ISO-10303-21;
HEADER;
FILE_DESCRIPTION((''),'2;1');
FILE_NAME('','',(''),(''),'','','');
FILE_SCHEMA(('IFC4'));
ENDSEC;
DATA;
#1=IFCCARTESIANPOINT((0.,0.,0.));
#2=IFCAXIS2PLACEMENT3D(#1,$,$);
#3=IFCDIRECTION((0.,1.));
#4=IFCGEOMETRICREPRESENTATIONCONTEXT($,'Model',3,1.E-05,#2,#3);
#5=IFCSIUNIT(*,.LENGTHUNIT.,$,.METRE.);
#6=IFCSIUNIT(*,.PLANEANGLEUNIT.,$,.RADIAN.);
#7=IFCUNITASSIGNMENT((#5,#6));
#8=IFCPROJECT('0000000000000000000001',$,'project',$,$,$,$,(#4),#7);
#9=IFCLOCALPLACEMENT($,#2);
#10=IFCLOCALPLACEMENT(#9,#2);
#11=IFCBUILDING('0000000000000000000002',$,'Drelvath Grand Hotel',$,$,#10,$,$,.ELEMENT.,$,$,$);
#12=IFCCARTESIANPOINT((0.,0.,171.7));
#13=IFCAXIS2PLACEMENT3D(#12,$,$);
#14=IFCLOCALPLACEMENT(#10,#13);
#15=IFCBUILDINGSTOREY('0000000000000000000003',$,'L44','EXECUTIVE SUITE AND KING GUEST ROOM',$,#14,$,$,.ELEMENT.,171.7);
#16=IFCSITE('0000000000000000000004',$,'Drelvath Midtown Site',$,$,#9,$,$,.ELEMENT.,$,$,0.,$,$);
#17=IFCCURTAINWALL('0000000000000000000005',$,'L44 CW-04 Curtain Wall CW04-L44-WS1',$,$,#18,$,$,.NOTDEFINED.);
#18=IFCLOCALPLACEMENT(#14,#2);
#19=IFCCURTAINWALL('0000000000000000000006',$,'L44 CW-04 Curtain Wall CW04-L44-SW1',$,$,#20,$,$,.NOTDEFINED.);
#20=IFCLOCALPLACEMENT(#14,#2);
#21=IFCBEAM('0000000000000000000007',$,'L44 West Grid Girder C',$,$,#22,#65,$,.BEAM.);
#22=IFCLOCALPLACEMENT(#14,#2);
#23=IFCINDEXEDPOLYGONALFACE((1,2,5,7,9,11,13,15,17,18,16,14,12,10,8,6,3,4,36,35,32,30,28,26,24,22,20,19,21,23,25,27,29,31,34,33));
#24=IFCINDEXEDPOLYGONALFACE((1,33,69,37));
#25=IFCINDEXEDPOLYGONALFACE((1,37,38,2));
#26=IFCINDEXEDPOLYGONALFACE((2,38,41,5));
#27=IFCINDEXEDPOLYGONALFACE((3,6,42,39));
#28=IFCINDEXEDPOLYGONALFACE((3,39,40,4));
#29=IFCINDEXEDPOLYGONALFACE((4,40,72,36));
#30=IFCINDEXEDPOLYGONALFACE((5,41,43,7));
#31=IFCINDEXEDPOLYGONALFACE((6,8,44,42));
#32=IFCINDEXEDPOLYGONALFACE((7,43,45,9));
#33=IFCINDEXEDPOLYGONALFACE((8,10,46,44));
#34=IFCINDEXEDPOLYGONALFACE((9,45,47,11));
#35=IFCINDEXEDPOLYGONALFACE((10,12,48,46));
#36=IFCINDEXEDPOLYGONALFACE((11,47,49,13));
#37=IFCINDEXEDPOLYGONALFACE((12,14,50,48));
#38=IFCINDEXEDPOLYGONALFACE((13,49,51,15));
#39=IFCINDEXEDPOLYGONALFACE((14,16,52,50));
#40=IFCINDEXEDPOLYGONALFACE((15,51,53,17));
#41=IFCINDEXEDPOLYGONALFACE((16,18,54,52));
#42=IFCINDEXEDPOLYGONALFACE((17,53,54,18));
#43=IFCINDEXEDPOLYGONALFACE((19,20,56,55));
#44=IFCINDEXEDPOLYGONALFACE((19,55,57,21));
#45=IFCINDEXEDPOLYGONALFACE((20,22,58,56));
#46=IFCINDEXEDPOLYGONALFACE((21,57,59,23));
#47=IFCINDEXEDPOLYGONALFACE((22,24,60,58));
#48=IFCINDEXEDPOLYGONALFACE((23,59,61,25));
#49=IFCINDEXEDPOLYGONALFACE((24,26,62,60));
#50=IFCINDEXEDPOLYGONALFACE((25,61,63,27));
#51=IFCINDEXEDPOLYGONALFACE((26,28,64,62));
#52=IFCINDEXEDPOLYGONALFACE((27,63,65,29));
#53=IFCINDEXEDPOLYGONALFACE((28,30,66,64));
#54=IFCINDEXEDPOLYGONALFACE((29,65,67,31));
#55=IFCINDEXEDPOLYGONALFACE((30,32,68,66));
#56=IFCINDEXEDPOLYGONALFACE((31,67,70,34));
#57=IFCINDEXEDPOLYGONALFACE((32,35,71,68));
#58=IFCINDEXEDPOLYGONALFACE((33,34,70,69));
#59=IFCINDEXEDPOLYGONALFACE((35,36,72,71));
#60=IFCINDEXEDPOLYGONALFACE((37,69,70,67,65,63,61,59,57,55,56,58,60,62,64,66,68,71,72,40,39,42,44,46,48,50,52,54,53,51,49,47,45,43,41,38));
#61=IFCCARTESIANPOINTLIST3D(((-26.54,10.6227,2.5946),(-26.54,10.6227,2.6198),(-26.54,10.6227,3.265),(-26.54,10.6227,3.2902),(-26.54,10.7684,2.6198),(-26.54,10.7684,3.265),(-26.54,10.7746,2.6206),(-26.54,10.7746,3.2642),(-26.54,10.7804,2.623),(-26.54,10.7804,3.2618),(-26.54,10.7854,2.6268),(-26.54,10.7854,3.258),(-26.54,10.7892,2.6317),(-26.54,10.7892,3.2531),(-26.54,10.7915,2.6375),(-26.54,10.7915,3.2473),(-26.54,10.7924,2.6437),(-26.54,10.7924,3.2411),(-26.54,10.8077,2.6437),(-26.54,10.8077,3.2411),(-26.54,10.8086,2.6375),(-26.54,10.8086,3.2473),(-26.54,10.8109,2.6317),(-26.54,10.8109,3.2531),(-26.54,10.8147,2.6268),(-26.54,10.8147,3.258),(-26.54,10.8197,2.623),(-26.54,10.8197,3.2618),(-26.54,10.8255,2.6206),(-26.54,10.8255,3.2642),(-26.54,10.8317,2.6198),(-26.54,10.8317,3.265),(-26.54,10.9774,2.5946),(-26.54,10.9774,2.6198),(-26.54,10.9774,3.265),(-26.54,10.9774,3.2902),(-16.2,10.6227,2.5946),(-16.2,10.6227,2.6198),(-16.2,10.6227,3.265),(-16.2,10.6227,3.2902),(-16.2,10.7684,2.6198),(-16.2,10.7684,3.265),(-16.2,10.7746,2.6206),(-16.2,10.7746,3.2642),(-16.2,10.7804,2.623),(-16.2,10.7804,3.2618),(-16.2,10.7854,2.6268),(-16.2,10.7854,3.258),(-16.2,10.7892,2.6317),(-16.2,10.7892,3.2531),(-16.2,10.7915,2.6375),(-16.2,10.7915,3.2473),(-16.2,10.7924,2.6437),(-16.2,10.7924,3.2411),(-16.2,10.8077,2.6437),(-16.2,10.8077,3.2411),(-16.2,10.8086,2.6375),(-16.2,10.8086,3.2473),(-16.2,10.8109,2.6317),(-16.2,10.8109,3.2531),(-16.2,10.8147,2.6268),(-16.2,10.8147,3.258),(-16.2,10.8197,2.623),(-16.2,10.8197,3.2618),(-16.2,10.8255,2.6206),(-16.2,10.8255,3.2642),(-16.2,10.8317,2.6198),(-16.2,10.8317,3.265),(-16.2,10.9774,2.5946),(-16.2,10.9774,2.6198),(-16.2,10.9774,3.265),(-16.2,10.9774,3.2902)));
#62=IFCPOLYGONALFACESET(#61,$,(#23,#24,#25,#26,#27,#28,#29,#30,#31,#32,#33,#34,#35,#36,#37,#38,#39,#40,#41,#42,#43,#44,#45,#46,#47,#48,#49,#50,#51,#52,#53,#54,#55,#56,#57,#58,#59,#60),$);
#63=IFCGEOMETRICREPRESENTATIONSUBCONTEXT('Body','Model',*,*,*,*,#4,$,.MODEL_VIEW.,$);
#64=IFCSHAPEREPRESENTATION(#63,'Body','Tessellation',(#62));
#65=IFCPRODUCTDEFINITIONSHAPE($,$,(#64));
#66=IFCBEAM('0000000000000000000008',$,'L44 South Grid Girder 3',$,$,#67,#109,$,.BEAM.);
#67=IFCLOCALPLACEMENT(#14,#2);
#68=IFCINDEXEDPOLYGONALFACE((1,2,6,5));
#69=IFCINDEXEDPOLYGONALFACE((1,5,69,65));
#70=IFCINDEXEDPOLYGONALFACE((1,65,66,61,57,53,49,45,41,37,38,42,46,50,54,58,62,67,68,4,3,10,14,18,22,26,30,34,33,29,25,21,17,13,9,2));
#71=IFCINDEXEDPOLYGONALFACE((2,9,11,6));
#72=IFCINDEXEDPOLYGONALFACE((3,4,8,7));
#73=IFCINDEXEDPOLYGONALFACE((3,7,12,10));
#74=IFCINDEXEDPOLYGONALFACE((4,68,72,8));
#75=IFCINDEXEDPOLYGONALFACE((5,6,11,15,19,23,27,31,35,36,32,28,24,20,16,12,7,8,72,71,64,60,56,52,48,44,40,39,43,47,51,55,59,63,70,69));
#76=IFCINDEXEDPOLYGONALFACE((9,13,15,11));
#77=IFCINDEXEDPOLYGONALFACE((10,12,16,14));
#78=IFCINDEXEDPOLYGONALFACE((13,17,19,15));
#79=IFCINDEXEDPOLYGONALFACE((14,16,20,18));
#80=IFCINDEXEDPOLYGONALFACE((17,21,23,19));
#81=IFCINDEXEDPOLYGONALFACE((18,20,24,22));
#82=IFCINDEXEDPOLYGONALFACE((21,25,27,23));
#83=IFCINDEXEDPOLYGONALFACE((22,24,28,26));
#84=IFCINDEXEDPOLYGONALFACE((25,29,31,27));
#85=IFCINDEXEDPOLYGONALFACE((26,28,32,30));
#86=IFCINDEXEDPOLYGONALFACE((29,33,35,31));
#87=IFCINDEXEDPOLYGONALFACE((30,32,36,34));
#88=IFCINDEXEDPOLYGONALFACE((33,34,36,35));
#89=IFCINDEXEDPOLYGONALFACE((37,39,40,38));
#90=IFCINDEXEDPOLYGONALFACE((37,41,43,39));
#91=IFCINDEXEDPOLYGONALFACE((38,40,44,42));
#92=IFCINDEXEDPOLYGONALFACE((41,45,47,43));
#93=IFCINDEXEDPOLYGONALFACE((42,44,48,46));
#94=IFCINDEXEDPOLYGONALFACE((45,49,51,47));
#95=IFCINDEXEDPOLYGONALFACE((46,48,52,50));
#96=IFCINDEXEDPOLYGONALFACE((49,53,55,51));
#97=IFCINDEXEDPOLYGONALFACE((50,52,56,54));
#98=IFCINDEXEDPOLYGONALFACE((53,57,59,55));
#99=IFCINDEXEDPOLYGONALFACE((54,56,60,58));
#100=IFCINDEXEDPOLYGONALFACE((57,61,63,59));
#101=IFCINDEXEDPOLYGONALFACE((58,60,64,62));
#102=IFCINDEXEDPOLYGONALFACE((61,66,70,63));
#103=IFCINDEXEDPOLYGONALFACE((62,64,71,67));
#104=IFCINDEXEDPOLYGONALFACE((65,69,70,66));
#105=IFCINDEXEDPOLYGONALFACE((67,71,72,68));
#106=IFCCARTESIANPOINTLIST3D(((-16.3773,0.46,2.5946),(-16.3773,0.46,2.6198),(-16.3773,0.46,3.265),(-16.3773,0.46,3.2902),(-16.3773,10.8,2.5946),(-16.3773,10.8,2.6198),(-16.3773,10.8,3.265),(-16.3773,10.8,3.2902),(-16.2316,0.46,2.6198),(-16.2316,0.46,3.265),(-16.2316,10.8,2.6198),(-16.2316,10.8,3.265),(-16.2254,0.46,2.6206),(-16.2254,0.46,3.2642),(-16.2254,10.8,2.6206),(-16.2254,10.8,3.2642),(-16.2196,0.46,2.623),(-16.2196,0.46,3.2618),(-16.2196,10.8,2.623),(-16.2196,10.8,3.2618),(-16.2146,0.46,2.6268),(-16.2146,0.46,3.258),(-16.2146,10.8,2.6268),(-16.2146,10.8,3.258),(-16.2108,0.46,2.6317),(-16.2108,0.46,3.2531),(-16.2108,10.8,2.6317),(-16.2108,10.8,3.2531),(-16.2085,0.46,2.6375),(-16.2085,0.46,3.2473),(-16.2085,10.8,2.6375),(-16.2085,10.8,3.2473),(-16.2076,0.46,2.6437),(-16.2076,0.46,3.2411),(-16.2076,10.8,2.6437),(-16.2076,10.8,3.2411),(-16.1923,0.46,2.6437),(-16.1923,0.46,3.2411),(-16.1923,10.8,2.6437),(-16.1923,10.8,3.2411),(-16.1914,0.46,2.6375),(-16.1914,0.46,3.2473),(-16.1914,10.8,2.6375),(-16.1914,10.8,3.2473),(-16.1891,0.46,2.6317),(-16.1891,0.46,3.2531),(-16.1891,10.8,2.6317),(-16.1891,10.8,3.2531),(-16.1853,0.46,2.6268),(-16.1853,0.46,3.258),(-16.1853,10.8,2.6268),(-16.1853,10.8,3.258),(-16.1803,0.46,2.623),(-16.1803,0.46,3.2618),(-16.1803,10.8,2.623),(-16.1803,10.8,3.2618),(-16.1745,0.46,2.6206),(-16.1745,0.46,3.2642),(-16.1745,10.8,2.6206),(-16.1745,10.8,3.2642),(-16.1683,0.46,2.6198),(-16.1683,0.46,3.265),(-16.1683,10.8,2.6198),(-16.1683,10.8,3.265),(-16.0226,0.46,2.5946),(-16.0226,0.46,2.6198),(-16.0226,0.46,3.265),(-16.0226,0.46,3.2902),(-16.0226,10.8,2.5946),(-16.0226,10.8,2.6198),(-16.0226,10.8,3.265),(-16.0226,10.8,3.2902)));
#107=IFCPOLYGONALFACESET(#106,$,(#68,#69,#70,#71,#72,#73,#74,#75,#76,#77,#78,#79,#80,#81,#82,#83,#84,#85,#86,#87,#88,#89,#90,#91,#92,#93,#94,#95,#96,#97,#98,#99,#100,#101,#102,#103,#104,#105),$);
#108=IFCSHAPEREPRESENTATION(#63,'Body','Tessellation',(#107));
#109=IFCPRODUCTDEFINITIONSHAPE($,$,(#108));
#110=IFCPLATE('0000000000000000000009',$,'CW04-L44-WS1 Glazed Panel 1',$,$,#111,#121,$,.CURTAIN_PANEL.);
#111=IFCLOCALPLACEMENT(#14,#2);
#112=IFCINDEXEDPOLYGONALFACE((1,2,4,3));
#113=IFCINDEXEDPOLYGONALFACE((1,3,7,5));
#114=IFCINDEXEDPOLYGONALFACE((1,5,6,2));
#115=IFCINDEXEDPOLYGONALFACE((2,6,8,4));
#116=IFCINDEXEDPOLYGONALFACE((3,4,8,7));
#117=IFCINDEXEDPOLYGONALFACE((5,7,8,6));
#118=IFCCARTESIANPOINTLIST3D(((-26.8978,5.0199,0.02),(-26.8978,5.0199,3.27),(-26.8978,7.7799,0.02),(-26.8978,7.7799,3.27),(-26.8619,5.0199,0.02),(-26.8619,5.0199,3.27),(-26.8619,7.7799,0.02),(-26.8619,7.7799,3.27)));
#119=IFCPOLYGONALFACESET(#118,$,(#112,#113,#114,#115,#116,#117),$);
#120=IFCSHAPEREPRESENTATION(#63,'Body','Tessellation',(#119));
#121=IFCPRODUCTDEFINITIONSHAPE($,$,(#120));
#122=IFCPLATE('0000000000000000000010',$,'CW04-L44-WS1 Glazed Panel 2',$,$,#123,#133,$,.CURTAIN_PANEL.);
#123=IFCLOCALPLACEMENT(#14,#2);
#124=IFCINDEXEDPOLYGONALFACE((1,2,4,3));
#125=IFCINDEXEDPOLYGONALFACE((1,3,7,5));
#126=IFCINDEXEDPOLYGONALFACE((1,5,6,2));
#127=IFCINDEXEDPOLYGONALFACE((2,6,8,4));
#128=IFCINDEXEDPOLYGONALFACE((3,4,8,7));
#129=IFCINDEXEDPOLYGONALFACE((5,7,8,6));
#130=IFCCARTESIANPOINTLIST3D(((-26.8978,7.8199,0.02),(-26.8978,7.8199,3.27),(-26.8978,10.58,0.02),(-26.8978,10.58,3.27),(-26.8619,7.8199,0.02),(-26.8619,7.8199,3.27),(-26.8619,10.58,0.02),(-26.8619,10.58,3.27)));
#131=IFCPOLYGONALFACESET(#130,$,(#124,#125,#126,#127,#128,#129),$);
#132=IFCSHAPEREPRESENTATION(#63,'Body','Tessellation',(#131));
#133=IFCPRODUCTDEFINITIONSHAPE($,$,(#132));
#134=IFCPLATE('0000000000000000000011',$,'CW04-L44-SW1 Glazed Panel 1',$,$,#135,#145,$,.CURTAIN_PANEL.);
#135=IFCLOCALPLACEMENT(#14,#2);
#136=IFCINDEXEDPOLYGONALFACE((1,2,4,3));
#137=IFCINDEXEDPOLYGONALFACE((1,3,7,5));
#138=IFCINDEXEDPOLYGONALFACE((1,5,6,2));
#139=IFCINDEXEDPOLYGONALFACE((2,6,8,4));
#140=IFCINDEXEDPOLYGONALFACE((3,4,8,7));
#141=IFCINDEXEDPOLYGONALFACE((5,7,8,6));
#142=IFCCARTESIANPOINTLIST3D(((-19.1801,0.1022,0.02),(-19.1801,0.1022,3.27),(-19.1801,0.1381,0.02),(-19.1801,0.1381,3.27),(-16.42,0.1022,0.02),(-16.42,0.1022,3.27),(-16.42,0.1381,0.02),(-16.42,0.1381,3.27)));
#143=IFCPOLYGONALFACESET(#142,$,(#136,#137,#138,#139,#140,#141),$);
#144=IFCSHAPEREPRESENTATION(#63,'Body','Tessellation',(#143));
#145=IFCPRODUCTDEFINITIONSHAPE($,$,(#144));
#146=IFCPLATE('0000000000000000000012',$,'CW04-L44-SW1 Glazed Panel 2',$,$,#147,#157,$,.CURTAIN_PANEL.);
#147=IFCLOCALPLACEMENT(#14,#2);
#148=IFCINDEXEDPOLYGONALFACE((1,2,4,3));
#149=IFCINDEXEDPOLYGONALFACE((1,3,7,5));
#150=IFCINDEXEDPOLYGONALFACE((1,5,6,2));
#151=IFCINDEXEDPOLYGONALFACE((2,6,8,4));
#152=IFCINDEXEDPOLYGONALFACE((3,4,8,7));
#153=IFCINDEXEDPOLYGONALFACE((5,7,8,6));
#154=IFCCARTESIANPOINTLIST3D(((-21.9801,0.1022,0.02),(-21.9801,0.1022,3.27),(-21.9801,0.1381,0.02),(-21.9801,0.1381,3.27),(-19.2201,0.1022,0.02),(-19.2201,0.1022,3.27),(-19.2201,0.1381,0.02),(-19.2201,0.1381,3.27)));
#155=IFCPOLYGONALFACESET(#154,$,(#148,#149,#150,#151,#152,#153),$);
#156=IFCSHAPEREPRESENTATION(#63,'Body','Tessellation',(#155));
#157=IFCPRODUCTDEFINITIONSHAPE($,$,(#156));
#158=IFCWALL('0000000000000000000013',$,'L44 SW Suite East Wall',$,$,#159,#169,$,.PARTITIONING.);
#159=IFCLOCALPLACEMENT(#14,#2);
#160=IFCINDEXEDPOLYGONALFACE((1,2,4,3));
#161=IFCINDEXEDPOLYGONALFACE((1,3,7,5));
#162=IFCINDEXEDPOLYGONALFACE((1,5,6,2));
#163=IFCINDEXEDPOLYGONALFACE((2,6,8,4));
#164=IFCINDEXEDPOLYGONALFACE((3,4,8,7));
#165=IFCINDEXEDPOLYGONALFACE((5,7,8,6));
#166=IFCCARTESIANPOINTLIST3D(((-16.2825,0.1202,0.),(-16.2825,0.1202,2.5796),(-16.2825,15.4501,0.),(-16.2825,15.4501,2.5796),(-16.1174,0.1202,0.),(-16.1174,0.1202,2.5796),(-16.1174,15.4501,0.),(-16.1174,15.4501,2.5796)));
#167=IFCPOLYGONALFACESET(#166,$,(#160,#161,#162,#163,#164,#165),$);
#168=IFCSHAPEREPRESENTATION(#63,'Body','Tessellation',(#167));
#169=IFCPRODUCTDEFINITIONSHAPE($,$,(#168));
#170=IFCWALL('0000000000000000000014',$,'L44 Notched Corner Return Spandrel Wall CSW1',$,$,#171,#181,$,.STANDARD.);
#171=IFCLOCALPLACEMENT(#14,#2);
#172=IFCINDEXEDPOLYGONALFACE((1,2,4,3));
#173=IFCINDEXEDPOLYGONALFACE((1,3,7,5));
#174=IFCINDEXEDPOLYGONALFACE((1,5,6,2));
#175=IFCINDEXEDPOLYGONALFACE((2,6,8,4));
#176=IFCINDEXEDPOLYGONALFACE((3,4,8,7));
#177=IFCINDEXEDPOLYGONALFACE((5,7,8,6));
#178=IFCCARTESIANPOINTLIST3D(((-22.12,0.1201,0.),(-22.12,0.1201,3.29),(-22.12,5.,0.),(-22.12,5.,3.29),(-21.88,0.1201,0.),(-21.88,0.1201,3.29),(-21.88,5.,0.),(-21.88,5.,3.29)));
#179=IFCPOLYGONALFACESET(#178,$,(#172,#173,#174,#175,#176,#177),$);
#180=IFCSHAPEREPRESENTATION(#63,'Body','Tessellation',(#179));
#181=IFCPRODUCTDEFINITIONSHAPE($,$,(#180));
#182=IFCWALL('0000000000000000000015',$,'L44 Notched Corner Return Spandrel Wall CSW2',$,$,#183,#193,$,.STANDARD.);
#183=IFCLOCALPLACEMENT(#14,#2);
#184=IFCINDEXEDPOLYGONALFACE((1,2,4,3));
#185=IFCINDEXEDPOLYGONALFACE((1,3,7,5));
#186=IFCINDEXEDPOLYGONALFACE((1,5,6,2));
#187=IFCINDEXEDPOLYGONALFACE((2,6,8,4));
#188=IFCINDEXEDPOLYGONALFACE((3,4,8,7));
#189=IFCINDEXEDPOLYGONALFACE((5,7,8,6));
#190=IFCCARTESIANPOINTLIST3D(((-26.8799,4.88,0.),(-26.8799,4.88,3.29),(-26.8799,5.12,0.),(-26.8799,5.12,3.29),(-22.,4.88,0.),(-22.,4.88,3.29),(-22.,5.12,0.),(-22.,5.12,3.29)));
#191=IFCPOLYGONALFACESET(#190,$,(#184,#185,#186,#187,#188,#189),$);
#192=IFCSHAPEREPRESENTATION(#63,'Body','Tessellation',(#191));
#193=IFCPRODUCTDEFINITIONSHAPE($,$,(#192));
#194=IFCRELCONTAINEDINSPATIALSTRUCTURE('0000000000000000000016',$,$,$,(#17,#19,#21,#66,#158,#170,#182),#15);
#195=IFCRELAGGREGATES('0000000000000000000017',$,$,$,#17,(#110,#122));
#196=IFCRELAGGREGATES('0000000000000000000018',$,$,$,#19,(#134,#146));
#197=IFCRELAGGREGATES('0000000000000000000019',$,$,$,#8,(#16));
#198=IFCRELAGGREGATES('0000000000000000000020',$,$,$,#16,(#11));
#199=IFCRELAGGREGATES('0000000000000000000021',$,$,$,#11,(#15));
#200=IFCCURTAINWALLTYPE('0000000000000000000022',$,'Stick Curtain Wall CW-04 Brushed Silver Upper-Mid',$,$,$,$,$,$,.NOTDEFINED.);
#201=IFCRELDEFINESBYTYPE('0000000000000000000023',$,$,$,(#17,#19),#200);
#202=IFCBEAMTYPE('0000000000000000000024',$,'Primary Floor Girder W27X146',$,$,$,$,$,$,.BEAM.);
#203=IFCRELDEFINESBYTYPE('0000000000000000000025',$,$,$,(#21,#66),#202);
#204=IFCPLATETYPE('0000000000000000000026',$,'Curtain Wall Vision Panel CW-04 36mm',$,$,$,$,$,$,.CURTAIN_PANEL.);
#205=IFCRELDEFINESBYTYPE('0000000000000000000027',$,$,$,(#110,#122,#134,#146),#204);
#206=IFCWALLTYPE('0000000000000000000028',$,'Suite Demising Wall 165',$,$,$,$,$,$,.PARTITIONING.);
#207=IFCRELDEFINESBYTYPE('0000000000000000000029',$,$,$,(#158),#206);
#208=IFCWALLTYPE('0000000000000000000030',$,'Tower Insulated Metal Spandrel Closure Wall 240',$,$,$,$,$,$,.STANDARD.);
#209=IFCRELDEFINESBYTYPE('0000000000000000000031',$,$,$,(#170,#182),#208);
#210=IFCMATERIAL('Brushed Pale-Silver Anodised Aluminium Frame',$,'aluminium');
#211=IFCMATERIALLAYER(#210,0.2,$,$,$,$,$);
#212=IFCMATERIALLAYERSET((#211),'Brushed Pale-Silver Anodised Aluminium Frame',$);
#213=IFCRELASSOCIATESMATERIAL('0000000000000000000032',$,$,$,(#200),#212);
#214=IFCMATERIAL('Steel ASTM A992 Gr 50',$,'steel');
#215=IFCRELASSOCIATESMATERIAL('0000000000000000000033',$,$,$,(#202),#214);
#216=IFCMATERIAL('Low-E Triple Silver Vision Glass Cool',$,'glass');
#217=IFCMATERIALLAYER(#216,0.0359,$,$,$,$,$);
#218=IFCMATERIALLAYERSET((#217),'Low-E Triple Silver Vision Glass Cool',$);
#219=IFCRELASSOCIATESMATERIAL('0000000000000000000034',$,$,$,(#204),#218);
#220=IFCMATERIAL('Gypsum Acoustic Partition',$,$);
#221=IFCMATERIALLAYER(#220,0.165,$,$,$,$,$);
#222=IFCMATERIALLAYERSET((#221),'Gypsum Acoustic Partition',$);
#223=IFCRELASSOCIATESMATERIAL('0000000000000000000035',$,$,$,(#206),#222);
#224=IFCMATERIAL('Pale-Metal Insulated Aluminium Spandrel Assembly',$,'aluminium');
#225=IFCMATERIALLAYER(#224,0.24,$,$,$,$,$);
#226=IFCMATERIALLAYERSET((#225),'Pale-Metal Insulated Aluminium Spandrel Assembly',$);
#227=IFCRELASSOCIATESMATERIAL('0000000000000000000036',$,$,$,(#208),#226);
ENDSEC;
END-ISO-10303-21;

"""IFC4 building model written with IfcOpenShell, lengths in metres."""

from ifc_helpers import new_model, si_unit, direction, frame, frame_2d, origin, origin_2d, place, context, subcontext, project, spatial, rectangle, i_section, extrude, material, layer, layer_set, material_profile, profile_set, type_object, element, aggregate, save


model = new_model("IFC4")

# Units and contexts
model_context = context("Model", 3, precision=1e-05, world=origin(), true_north=direction((0.0, 1.0)))
body_context = subcontext(model_context, "Body", "Model", "MODEL_VIEW")
ifc_project = project(units=[si_unit("LENGTHUNIT", "METRE"), si_unit("PLANEANGLEUNIT", "RADIAN")], contexts=[model_context])

# Site, building, storey
site_placement = place(None, origin())
site = spatial("IfcSite", under=ifc_project, at=site_placement, Name="Drelvath Midtown Site", CompositionType="ELEMENT", RefElevation=0.0)
building_placement = place(site_placement, origin())
building = spatial("IfcBuilding", under=site, at=building_placement, Name="Drelvath Grand Hotel", CompositionType="ELEMENT")
storey_placement = place(building_placement, frame((0.0, 0.0, 171.7)))
storey = spatial("IfcBuildingStorey", under=building, at=storey_placement, Name="L44", Description="EXECUTIVE SUITE AND KING GUEST ROOM", CompositionType="ELEMENT", Elevation=171.7)

# Curtain walls
ifc_material_1 = material(Name="Brushed Pale-Silver Anodised Aluminium Frame", Category="aluminium")
ifc_layer_1 = layer(ifc_material_1, 0.2)
ifc_layer_set_1 = layer_set([ifc_layer_1], Name="Brushed Pale-Silver Anodised Aluminium Frame")
curtain_wall_type = type_object("IfcCurtainWallType", Name="Stick Curtain Wall CW-04 Brushed Silver Upper-Mid", PredefinedType="NOTDEFINED", material=ifc_layer_set_1)
curtain_wall_1_placement = place(storey_placement, origin())
curtain_wall_1 = element("IfcCurtainWall", 1, at=curtain_wall_1_placement, inside=storey, type_object=curtain_wall_type, Name="L44 CW-04 Curtain Wall CW04-L44-WS1", PredefinedType="NOTDEFINED")
curtain_wall_2_placement = place(storey_placement, origin())
curtain_wall_2 = element("IfcCurtainWall", 2, at=curtain_wall_2_placement, inside=storey, type_object=curtain_wall_type, Name="L44 CW-04 Curtain Wall CW04-L44-SW1", PredefinedType="NOTDEFINED")

# Beams
ifc_material_2 = material(Name="Steel ASTM A992 Gr 50", Category="steel")
ifc_material_profile_1 = material_profile(ifc_material_2, i_section(OverallWidth=0.3547, OverallDepth=0.6956, WebThickness=0.0154, FlangeThickness=0.0251, FilletRadius=0.0239, at=origin_2d()), Name="W27X146")
ifc_profile_set_1 = profile_set([ifc_material_profile_1], Name="Steel ASTM A992 Gr 50")
beam_type = type_object("IfcBeamType", Name="Primary Floor Girder W27X146", PredefinedType="BEAM", material=ifc_profile_set_1)
for number, where, z_axis, x_axis, name in (
    (3, (-26.54, 10.8, 2.9424), (1.0, 0.0, 0.0), (0.0, 1.0, 0.0), "L44 West Grid Girder C"),
    (4, (-16.2, 0.46, 2.9424), (0.0, 1.0, 0.0), (-1.0, 0.0, 0.0), "L44 South Grid Girder 3"),
):
    element("IfcBeam", number, at=place(storey_placement, frame(where, z_axis=z_axis, x_axis=x_axis)), inside=storey, type_object=beam_type, Name=name, PredefinedType="BEAM", context=body_context, shape_type="SweptSolid", body=[
        extrude(i_section(OverallWidth=0.3547, OverallDepth=0.6956, WebThickness=0.0154, FlangeThickness=0.0251, FilletRadius=0.0239, at=origin_2d()), origin(), (0.0, 0.0, 1.0), 10.3401),
    ])

# Plates
ifc_material_3 = material(Name="Low-E Triple Silver Vision Glass Cool", Category="glass")
ifc_layer_2 = layer(ifc_material_3, 0.0359)
ifc_layer_set_2 = layer_set([ifc_layer_2], Name="Low-E Triple Silver Vision Glass Cool")
plate_type = type_object("IfcPlateType", Name="Curtain Wall Vision Panel CW-04 36mm", PredefinedType="CURTAIN_PANEL", material=ifc_layer_set_2)
plate_1_placement = place(storey_placement, frame((-26.8799, 6.3999, 0.02), z_axis=(0.0, 0.0, 1.0), x_axis=(0.0, 1.0, 0.0)))
plate_1 = element("IfcPlate", 5, at=plate_1_placement, type_object=plate_type, Name="CW04-L44-WS1 Glazed Panel 1", PredefinedType="CURTAIN_PANEL", context=body_context, shape_type="SweptSolid", body=[
    extrude(rectangle(XDim=2.76, YDim=0.0359, at=origin_2d()), origin(), (0.0, 0.0, 1.0), 3.25),
])
plate_2_placement = place(storey_placement, frame((-26.8799, 9.2, 0.02), z_axis=(0.0, 0.0, 1.0), x_axis=(0.0, 1.0, 0.0)))
plate_2 = element("IfcPlate", 6, at=plate_2_placement, type_object=plate_type, Name="CW04-L44-WS1 Glazed Panel 2", PredefinedType="CURTAIN_PANEL", context=body_context, shape_type="SweptSolid", body=[
    extrude(rectangle(XDim=2.76, YDim=0.0359, at=origin_2d()), origin(), (0.0, 0.0, 1.0), 3.25),
])
aggregate(curtain_wall_1, [plate_1, plate_2])
plate_3_placement = place(storey_placement, frame((-17.8, 0.1201, 0.02), z_axis=(0.0, 0.0, 1.0), x_axis=(-1.0, 0.0, 0.0)))
plate_3 = element("IfcPlate", 7, at=plate_3_placement, type_object=plate_type, Name="CW04-L44-SW1 Glazed Panel 1", PredefinedType="CURTAIN_PANEL", context=body_context, shape_type="SweptSolid", body=[
    extrude(rectangle(XDim=2.76, YDim=0.0359, at=origin_2d()), origin(), (0.0, 0.0, 1.0), 3.25),
])
plate_4_placement = place(storey_placement, frame((-20.6001, 0.1201, 0.02), z_axis=(0.0, 0.0, 1.0), x_axis=(-1.0, 0.0, 0.0)))
plate_4 = element("IfcPlate", 8, at=plate_4_placement, type_object=plate_type, Name="CW04-L44-SW1 Glazed Panel 2", PredefinedType="CURTAIN_PANEL", context=body_context, shape_type="SweptSolid", body=[
    extrude(rectangle(XDim=2.76, YDim=0.0359, at=origin_2d()), origin(), (0.0, 0.0, 1.0), 3.25),
])
aggregate(curtain_wall_2, [plate_3, plate_4])

# Walls
ifc_material_4 = material(Name="Gypsum Acoustic Partition")
ifc_layer_3 = layer(ifc_material_4, 0.165)
ifc_layer_set_3 = layer_set([ifc_layer_3], Name="Gypsum Acoustic Partition")
wall_type_1 = type_object("IfcWallType", Name="Suite Demising Wall 165", PredefinedType="PARTITIONING", material=ifc_layer_set_3)
wall_placement = place(storey_placement, frame((-16.2, 0.1201, 0.0), z_axis=(0.0, 0.0, 1.0), x_axis=(0.0, 1.0, 0.0)))
element("IfcWall", 9, at=wall_placement, inside=storey, type_object=wall_type_1, Name="L44 SW Suite East Wall", PredefinedType="PARTITIONING", context=body_context, shape_type="SweptSolid", body=[
    extrude(rectangle(XDim=15.3298, YDim=0.165, at=frame_2d((7.665, 0.0))), origin(), (0.0, 0.0, 1.0), 2.5796),
])
ifc_material_5 = material(Name="Pale-Metal Insulated Aluminium Spandrel Assembly", Category="aluminium")
ifc_layer_4 = layer(ifc_material_5, 0.24)
ifc_layer_set_4 = layer_set([ifc_layer_4], Name="Pale-Metal Insulated Aluminium Spandrel Assembly")
wall_type_2 = type_object("IfcWallType", Name="Tower Insulated Metal Spandrel Closure Wall 240", PredefinedType="STANDARD", material=ifc_layer_set_4)
for number, where, z_axis, x_axis, name in (
    (10, (-22.0, 0.1201, 0.0), (0.0, 0.0, 1.0), (0.0, 1.0, 0.0), "L44 Notched Corner Return Spandrel Wall CSW1"),
    (11, (-22.0, 5.0, 0.0), (0.0, 0.0, 1.0), (-1.0, 0.0, 0.0), "L44 Notched Corner Return Spandrel Wall CSW2"),
):
    element("IfcWall", number, at=place(storey_placement, frame(where, z_axis=z_axis, x_axis=x_axis)), inside=storey, type_object=wall_type_2, Name=name, PredefinedType="STANDARD", context=body_context, shape_type="SweptSolid", body=[
        extrude(rectangle(XDim=4.8799, YDim=0.24, at=frame_2d((2.4399, 0.0))), origin(), (0.0, 0.0, 1.0), 3.29),
    ])

save(model, "model.ifc")
